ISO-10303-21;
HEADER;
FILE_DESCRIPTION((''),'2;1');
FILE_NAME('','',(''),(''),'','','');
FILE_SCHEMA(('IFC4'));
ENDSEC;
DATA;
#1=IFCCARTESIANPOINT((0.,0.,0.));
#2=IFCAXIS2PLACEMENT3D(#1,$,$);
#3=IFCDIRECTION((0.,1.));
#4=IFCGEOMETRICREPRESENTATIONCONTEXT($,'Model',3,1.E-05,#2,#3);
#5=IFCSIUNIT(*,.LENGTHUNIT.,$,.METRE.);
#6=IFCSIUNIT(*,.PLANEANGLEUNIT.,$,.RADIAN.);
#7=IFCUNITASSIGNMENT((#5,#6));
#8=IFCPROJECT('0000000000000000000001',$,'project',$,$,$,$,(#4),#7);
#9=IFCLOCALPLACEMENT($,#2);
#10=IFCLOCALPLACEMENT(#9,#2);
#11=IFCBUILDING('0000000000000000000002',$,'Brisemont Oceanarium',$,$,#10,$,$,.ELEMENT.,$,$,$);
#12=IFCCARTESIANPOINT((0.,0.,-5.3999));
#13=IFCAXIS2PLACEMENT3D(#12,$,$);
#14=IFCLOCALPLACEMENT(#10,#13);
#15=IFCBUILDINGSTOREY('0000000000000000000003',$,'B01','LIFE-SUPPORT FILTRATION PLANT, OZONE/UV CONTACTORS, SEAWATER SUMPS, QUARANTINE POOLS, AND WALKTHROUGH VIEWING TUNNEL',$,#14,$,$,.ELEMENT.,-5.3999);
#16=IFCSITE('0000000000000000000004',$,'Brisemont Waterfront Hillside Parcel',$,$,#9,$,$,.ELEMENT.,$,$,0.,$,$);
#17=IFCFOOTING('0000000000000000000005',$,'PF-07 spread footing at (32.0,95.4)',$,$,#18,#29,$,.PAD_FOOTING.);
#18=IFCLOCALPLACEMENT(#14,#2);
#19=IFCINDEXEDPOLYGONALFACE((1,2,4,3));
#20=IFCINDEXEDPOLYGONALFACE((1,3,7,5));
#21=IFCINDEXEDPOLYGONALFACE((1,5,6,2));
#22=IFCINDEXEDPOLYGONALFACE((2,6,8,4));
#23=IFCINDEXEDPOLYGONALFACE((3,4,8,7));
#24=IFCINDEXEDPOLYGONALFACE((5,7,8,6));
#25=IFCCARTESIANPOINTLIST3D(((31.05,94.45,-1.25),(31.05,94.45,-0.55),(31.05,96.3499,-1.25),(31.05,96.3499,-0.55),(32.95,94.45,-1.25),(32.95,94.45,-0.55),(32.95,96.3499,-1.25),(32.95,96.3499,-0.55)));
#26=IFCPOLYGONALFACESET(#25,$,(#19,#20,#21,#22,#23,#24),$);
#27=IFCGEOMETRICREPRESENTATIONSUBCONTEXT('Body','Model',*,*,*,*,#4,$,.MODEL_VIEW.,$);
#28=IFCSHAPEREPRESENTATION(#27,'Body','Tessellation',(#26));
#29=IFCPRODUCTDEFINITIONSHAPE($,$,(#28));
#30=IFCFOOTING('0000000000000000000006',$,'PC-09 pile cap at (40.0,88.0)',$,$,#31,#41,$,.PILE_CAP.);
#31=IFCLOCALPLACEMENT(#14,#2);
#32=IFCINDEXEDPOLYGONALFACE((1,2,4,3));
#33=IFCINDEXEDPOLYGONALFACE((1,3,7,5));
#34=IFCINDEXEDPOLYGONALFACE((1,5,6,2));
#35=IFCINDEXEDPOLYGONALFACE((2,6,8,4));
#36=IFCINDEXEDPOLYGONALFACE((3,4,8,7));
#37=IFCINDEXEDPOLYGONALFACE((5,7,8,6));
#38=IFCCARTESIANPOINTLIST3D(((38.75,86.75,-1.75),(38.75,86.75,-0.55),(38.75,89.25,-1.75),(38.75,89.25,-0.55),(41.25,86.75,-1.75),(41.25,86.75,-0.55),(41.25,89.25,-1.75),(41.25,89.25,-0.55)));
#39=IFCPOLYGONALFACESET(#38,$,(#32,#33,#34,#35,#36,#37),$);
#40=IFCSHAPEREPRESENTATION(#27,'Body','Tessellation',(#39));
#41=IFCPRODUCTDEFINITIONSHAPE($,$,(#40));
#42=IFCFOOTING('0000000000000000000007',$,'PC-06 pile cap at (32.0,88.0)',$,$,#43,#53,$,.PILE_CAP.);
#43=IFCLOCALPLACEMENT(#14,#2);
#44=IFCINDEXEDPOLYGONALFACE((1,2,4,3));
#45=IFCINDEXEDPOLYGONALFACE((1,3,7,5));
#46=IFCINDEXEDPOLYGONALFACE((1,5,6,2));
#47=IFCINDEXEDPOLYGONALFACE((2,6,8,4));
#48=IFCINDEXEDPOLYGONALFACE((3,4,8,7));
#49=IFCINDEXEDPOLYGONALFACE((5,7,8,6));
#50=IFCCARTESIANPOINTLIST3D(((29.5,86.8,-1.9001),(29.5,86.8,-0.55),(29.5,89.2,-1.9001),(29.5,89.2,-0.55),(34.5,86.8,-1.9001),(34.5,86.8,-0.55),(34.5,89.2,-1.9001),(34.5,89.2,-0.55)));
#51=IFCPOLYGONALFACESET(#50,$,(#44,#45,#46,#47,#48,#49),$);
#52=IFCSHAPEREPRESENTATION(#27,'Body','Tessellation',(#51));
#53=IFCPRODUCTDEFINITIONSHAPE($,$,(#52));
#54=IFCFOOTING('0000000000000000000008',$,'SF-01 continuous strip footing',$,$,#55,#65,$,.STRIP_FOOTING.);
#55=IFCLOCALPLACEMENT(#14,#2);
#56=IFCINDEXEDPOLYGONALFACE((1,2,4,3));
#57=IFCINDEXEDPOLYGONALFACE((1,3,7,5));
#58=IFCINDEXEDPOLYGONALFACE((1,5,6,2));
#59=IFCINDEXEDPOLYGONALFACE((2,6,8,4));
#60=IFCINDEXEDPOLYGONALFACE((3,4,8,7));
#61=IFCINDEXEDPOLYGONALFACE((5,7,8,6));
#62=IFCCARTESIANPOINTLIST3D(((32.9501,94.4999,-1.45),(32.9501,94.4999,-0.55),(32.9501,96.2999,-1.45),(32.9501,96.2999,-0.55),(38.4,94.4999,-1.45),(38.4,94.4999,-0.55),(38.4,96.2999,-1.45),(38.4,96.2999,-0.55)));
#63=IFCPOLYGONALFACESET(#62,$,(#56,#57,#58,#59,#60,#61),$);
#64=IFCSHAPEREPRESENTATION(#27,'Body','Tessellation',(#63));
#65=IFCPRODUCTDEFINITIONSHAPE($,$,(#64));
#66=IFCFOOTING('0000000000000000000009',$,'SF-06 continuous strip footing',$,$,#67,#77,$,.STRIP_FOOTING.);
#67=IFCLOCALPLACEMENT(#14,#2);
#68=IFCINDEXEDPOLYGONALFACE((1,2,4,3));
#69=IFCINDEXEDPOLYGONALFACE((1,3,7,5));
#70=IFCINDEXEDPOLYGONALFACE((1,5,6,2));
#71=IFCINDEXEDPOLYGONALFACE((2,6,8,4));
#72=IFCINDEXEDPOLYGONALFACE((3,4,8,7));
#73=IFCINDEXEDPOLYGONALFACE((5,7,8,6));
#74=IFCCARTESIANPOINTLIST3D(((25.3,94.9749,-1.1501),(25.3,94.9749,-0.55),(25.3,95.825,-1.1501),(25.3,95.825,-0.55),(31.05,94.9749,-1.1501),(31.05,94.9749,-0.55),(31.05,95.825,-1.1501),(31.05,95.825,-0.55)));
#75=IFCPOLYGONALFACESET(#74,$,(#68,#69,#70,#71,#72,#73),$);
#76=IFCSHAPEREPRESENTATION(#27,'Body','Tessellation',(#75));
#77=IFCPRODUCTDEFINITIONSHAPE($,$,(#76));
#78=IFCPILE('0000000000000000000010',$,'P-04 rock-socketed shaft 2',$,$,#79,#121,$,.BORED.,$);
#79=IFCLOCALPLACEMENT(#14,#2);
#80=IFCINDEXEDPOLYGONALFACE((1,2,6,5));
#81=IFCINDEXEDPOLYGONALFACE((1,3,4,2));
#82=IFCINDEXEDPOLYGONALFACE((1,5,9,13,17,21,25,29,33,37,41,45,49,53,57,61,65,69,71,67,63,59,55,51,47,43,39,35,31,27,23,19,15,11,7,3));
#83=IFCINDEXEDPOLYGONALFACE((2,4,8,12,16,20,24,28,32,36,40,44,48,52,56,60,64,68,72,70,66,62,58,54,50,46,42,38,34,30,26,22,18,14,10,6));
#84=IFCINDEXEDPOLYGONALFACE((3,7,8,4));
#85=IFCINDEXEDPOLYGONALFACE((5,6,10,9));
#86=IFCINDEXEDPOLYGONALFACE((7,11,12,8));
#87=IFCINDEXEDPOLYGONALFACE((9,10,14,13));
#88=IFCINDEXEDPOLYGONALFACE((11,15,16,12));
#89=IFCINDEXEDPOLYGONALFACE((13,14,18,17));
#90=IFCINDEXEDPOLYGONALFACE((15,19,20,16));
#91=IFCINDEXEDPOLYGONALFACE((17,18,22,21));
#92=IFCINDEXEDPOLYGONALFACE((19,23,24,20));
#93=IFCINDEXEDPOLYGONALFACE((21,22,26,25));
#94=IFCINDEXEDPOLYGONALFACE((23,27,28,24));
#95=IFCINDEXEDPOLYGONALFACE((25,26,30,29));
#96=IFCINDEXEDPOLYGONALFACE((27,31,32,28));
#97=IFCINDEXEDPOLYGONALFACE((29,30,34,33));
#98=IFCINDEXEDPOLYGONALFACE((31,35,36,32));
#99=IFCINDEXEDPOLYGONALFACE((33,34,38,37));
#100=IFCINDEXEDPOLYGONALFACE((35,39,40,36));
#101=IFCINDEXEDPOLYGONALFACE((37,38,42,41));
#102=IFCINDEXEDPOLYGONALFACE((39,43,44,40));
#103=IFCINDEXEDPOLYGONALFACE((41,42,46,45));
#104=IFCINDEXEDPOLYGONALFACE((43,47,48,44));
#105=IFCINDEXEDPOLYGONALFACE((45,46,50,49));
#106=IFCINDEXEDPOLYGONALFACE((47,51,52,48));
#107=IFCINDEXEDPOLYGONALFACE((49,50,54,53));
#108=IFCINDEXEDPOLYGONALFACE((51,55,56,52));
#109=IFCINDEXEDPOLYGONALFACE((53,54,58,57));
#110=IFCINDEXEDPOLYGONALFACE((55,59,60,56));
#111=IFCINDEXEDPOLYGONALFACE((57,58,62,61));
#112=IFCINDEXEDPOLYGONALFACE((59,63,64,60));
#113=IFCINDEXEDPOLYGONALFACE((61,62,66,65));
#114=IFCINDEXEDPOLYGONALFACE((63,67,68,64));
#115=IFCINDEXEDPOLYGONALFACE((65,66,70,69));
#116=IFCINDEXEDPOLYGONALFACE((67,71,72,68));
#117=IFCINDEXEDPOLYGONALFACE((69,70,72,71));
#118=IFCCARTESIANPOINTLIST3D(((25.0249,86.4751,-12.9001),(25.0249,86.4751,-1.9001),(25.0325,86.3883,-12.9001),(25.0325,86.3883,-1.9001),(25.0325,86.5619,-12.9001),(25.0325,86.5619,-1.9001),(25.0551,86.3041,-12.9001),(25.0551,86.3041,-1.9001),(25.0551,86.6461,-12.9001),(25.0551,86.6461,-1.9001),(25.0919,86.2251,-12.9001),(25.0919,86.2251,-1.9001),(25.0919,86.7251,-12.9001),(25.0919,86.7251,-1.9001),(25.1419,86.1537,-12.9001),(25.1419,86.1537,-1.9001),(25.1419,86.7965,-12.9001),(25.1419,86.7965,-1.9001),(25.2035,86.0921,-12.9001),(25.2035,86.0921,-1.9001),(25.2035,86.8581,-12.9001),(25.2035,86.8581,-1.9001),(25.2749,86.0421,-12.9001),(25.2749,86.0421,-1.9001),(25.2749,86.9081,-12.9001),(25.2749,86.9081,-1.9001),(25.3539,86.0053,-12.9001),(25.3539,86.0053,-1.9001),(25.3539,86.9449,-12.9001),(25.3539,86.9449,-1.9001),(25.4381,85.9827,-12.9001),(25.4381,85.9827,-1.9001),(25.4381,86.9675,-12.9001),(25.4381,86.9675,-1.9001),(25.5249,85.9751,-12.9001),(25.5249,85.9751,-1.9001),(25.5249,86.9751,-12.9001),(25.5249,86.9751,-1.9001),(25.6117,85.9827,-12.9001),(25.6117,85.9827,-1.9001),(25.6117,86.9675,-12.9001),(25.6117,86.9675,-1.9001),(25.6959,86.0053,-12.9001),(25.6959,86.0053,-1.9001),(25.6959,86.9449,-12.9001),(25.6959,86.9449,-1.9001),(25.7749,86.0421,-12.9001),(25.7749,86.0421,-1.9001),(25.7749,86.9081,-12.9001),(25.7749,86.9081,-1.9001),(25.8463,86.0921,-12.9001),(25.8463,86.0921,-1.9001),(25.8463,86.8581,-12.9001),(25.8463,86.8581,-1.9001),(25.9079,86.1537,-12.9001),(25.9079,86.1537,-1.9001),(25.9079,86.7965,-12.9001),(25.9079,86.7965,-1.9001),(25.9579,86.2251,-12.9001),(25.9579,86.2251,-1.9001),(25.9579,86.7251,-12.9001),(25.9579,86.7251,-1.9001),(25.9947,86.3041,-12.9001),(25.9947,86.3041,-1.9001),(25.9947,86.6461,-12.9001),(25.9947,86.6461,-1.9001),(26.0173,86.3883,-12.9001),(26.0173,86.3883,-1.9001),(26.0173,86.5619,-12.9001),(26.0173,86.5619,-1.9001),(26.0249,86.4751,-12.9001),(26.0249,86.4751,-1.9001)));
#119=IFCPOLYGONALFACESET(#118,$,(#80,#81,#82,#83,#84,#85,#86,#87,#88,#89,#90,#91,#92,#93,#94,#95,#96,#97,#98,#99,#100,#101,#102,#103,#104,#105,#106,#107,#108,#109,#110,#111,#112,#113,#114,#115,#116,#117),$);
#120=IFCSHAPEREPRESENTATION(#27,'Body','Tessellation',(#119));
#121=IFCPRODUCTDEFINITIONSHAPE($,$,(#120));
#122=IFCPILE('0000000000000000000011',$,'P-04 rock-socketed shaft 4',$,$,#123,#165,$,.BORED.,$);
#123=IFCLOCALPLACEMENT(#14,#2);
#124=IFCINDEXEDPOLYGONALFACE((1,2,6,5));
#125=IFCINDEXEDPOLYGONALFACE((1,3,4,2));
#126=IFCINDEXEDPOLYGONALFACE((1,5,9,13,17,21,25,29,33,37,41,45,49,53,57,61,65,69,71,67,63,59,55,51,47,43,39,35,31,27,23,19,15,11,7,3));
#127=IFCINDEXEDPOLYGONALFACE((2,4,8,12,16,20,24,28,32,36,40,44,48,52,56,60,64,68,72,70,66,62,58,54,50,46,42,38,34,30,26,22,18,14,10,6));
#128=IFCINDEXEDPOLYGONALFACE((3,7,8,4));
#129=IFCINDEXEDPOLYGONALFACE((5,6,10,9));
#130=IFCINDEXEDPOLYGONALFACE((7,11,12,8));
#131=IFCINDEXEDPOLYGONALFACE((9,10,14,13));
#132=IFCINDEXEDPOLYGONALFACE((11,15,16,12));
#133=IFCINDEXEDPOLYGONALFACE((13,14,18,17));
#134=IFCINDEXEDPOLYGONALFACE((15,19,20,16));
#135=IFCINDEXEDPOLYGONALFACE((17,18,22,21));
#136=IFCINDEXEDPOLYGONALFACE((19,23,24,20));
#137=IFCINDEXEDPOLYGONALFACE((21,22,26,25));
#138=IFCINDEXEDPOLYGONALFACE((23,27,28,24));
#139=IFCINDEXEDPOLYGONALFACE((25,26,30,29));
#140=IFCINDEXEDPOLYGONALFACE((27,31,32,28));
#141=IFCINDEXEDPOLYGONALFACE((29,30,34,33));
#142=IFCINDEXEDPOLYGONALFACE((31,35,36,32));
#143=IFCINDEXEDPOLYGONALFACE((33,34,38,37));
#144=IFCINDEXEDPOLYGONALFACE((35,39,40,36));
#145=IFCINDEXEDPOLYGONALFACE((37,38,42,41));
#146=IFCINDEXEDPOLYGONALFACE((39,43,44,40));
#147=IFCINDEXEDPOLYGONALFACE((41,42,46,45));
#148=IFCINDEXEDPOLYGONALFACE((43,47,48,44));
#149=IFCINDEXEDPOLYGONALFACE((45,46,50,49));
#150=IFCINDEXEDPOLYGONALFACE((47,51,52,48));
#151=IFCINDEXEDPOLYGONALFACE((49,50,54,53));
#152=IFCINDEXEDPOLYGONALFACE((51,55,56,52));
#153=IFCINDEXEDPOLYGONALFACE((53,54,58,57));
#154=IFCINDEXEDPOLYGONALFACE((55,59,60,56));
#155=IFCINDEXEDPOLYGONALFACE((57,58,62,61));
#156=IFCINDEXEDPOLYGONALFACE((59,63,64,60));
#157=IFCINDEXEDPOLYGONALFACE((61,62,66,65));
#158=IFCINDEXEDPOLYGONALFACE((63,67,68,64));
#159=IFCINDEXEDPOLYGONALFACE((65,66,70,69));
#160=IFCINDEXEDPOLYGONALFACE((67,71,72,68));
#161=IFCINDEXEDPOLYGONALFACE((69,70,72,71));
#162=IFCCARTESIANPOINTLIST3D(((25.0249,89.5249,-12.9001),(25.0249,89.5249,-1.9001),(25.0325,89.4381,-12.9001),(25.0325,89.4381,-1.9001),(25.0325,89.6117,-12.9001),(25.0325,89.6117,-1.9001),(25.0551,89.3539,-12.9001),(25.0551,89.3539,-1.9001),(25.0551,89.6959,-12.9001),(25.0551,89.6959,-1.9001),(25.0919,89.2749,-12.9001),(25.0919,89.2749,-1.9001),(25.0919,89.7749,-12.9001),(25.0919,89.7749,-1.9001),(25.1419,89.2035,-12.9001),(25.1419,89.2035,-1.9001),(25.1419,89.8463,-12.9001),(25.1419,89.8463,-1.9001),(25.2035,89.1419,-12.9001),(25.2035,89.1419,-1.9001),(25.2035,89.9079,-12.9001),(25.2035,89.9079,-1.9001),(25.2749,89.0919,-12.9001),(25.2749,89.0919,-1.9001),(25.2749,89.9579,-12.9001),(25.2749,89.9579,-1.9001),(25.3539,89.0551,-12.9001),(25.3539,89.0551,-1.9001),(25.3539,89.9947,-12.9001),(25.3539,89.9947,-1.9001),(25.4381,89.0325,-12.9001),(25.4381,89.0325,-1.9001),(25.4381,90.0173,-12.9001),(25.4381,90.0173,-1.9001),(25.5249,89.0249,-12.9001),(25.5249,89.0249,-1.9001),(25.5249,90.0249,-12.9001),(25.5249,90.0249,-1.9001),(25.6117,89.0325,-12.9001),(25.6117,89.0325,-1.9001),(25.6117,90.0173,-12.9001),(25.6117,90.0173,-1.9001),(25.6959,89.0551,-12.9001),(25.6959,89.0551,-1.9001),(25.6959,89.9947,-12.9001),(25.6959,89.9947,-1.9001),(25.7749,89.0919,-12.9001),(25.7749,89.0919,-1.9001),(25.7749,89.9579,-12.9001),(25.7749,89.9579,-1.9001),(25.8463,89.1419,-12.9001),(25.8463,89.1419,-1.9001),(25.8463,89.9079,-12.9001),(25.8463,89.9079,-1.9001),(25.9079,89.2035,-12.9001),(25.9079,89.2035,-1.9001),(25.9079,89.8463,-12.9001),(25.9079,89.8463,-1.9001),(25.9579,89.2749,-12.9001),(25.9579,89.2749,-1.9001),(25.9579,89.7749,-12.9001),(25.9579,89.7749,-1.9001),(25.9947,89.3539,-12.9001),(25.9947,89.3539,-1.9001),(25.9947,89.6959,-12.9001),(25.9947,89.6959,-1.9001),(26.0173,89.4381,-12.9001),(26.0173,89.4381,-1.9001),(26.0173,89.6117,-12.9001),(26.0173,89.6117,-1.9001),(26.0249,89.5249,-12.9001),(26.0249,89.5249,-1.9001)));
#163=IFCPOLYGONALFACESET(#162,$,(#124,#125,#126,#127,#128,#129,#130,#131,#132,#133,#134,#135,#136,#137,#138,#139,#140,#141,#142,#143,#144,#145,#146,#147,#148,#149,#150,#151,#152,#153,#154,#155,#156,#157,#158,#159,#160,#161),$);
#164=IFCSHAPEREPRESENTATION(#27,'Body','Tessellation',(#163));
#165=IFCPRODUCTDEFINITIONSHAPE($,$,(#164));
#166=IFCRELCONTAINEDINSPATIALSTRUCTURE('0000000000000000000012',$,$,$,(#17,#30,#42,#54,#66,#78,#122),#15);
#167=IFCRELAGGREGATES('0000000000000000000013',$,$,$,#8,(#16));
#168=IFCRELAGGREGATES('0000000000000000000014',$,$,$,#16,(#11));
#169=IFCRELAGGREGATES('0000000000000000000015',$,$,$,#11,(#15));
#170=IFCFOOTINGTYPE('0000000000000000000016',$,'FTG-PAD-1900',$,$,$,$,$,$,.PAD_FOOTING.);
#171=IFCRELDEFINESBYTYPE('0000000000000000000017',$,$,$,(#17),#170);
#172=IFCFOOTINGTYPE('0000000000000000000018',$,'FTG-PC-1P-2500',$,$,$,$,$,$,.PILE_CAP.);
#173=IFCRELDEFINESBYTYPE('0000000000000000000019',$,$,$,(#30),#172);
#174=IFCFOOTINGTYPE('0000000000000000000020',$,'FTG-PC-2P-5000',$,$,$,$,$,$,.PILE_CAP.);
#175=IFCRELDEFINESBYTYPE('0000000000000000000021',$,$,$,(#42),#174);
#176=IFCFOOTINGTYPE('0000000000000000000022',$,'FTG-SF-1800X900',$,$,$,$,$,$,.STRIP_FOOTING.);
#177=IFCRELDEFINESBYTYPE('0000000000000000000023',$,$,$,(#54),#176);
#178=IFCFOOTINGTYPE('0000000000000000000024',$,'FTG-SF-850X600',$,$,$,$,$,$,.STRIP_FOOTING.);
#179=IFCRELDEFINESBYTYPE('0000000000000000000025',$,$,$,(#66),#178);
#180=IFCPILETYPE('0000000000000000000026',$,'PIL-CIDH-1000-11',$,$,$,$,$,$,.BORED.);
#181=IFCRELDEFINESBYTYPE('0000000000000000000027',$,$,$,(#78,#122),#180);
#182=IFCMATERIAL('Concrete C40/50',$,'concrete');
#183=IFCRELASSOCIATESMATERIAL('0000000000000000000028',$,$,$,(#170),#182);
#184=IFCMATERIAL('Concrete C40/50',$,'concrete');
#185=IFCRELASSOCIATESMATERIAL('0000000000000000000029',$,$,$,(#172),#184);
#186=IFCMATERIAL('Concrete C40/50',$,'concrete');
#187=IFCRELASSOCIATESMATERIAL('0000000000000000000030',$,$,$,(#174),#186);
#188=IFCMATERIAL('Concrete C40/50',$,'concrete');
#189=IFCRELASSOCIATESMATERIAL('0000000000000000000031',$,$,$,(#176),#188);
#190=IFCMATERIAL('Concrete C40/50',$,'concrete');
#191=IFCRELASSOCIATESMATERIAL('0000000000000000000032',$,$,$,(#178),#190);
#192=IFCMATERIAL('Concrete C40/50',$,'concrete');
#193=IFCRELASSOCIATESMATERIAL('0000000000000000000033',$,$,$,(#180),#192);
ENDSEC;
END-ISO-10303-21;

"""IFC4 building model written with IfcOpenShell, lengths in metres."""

from ifc_helpers import new_model, si_unit, direction, frame, origin, origin_2d, place, context, subcontext, project, spatial, rectangle, circle, extrude, material, material_profile, profile_set, type_object, element, save


model = new_model("IFC4")

# Units and contexts
model_context = context("Model", 3, precision=1e-05, world=origin(), true_north=direction((0.0, 1.0)))
body_context = subcontext(model_context, "Body", "Model", "MODEL_VIEW")
ifc_project = project(units=[si_unit("LENGTHUNIT", "METRE"), si_unit("PLANEANGLEUNIT", "RADIAN")], contexts=[model_context])

# Site, building, storey
site_placement = place(None, origin())
site = spatial("IfcSite", under=ifc_project, at=site_placement, Name="Brisemont Waterfront Hillside Parcel", CompositionType="ELEMENT", RefElevation=0.0)
building_placement = place(site_placement, origin())
building = spatial("IfcBuilding", under=site, at=building_placement, Name="Brisemont Oceanarium", CompositionType="ELEMENT")
storey_placement = place(building_placement, frame((0.0, 0.0, -5.3999)))
storey = spatial("IfcBuildingStorey", under=building, at=storey_placement, Name="B01", Description="LIFE-SUPPORT FILTRATION PLANT, OZONE/UV CONTACTORS, SEAWATER SUMPS, QUARANTINE POOLS, AND WALKTHROUGH VIEWING TUNNEL", CompositionType="ELEMENT", Elevation=-5.3999)

# Footings
ifc_material_1 = material(Name="Concrete C40/50", Category="concrete")
footing_type_1 = type_object("IfcFootingType", Name="FTG-PAD-1900", PredefinedType="PAD_FOOTING", material=ifc_material_1)
footing_1_placement = place(storey_placement, frame((32.0, 95.3999, -1.25), z_axis=(0.0, 0.0, 1.0), x_axis=(1.0, 0.0, 0.0)))
element("IfcFooting", 1, at=footing_1_placement, inside=storey, type_object=footing_type_1, Name="PF-07 spread footing at (32.0,95.4)", PredefinedType="PAD_FOOTING", context=body_context, shape_type="SweptSolid", body=[
    extrude(rectangle(XDim=1.8999, YDim=1.8999, at=origin_2d()), origin(), (0.0, 0.0, 1.0), 0.7),
])
ifc_material_2 = material(Name="Concrete C40/50", Category="concrete")
footing_type_2 = type_object("IfcFootingType", Name="FTG-PC-1P-2500", PredefinedType="PILE_CAP", material=ifc_material_2)
footing_2_placement = place(storey_placement, frame((40.0, 88.0, -1.75), z_axis=(0.0, 0.0, 1.0), x_axis=(1.0, 0.0, 0.0)))
element("IfcFooting", 2, at=footing_2_placement, inside=storey, type_object=footing_type_2, Name="PC-09 pile cap at (40.0,88.0)", PredefinedType="PILE_CAP", context=body_context, shape_type="SweptSolid", body=[
    extrude(rectangle(XDim=2.5, YDim=2.5, at=origin_2d()), origin(), (0.0, 0.0, 1.0), 1.2),
])
ifc_material_3 = material(Name="Concrete C40/50", Category="concrete")
footing_type_3 = type_object("IfcFootingType", Name="FTG-PC-2P-5000", PredefinedType="PILE_CAP", material=ifc_material_3)
footing_3_placement = place(storey_placement, frame((32.0, 88.0, -1.9001), z_axis=(0.0, 0.0, 1.0), x_axis=(1.0, 0.0, 0.0)))
element("IfcFooting", 3, at=footing_3_placement, inside=storey, type_object=footing_type_3, Name="PC-06 pile cap at (32.0,88.0)", PredefinedType="PILE_CAP", context=body_context, shape_type="SweptSolid", body=[
    extrude(rectangle(XDim=5.0, YDim=2.3999, at=origin_2d()), origin(), (0.0, 0.0, 1.0), 1.3501),
])
ifc_material_4 = material(Name="Concrete C40/50", Category="concrete")
footing_type_4 = type_object("IfcFootingType", Name="FTG-SF-1800X900", PredefinedType="STRIP_FOOTING", material=ifc_material_4)
footing_4_placement = place(storey_placement, frame((35.675, 95.3999, -1.45), z_axis=(0.0, 0.0, 1.0), x_axis=(1.0, 0.0, 0.0)))
element("IfcFooting", 4, at=footing_4_placement, inside=storey, type_object=footing_type_4, Name="SF-01 continuous strip footing", PredefinedType="STRIP_FOOTING", context=body_context, shape_type="SweptSolid", body=[
    extrude(rectangle(XDim=5.45, YDim=1.8, at=origin_2d()), origin(), (0.0, 0.0, 1.0), 0.8999),
])
ifc_material_5 = material(Name="Concrete C40/50", Category="concrete")
footing_type_5 = type_object("IfcFootingType", Name="FTG-SF-850X600", PredefinedType="STRIP_FOOTING", material=ifc_material_5)
footing_5_placement = place(storey_placement, frame((28.175, 95.3999, -1.1501), z_axis=(0.0, 0.0, 1.0), x_axis=(1.0, 0.0, 0.0)))
element("IfcFooting", 5, at=footing_5_placement, inside=storey, type_object=footing_type_5, Name="SF-06 continuous strip footing", PredefinedType="STRIP_FOOTING", context=body_context, shape_type="SweptSolid", body=[
    extrude(rectangle(XDim=5.75, YDim=0.8501, at=origin_2d()), origin(), (0.0, 0.0, 1.0), 0.6001),
])

# Piles
ifc_material_6 = material(Name="Concrete C40/50", Category="concrete")
ifc_material_profile_1 = material_profile(ifc_material_6, circle(Radius=0.5, at=origin_2d()), Name="CIDH-D1000")
ifc_profile_set_1 = profile_set([ifc_material_profile_1], Name="Concrete C40/50")
pile_type = type_object("IfcPileType", Name="PIL-CIDH-1000-11", PredefinedType="BORED", material=ifc_profile_set_1)
for number, where, z_axis, x_axis, name in (
    (6, (25.5249, 86.4751, -1.9001), (0.0, 0.0, -1.0), (1.0, 0.0, 0.0), "P-04 rock-socketed shaft 2"),
    (7, (25.5249, 89.5249, -1.9001), (0.0, 0.0, -1.0), (1.0, 0.0, 0.0), "P-04 rock-socketed shaft 4"),
):
    element("IfcPile", number, at=place(storey_placement, frame(where, z_axis=z_axis, x_axis=x_axis)), inside=storey, type_object=pile_type, Name=name, PredefinedType="BORED", context=body_context, shape_type="SweptSolid", body=[
        extrude(circle(Radius=0.5, at=origin_2d()), origin(), (0.0, 0.0, 1.0), 11.0),
    ])

save(model, "model.ifc")
